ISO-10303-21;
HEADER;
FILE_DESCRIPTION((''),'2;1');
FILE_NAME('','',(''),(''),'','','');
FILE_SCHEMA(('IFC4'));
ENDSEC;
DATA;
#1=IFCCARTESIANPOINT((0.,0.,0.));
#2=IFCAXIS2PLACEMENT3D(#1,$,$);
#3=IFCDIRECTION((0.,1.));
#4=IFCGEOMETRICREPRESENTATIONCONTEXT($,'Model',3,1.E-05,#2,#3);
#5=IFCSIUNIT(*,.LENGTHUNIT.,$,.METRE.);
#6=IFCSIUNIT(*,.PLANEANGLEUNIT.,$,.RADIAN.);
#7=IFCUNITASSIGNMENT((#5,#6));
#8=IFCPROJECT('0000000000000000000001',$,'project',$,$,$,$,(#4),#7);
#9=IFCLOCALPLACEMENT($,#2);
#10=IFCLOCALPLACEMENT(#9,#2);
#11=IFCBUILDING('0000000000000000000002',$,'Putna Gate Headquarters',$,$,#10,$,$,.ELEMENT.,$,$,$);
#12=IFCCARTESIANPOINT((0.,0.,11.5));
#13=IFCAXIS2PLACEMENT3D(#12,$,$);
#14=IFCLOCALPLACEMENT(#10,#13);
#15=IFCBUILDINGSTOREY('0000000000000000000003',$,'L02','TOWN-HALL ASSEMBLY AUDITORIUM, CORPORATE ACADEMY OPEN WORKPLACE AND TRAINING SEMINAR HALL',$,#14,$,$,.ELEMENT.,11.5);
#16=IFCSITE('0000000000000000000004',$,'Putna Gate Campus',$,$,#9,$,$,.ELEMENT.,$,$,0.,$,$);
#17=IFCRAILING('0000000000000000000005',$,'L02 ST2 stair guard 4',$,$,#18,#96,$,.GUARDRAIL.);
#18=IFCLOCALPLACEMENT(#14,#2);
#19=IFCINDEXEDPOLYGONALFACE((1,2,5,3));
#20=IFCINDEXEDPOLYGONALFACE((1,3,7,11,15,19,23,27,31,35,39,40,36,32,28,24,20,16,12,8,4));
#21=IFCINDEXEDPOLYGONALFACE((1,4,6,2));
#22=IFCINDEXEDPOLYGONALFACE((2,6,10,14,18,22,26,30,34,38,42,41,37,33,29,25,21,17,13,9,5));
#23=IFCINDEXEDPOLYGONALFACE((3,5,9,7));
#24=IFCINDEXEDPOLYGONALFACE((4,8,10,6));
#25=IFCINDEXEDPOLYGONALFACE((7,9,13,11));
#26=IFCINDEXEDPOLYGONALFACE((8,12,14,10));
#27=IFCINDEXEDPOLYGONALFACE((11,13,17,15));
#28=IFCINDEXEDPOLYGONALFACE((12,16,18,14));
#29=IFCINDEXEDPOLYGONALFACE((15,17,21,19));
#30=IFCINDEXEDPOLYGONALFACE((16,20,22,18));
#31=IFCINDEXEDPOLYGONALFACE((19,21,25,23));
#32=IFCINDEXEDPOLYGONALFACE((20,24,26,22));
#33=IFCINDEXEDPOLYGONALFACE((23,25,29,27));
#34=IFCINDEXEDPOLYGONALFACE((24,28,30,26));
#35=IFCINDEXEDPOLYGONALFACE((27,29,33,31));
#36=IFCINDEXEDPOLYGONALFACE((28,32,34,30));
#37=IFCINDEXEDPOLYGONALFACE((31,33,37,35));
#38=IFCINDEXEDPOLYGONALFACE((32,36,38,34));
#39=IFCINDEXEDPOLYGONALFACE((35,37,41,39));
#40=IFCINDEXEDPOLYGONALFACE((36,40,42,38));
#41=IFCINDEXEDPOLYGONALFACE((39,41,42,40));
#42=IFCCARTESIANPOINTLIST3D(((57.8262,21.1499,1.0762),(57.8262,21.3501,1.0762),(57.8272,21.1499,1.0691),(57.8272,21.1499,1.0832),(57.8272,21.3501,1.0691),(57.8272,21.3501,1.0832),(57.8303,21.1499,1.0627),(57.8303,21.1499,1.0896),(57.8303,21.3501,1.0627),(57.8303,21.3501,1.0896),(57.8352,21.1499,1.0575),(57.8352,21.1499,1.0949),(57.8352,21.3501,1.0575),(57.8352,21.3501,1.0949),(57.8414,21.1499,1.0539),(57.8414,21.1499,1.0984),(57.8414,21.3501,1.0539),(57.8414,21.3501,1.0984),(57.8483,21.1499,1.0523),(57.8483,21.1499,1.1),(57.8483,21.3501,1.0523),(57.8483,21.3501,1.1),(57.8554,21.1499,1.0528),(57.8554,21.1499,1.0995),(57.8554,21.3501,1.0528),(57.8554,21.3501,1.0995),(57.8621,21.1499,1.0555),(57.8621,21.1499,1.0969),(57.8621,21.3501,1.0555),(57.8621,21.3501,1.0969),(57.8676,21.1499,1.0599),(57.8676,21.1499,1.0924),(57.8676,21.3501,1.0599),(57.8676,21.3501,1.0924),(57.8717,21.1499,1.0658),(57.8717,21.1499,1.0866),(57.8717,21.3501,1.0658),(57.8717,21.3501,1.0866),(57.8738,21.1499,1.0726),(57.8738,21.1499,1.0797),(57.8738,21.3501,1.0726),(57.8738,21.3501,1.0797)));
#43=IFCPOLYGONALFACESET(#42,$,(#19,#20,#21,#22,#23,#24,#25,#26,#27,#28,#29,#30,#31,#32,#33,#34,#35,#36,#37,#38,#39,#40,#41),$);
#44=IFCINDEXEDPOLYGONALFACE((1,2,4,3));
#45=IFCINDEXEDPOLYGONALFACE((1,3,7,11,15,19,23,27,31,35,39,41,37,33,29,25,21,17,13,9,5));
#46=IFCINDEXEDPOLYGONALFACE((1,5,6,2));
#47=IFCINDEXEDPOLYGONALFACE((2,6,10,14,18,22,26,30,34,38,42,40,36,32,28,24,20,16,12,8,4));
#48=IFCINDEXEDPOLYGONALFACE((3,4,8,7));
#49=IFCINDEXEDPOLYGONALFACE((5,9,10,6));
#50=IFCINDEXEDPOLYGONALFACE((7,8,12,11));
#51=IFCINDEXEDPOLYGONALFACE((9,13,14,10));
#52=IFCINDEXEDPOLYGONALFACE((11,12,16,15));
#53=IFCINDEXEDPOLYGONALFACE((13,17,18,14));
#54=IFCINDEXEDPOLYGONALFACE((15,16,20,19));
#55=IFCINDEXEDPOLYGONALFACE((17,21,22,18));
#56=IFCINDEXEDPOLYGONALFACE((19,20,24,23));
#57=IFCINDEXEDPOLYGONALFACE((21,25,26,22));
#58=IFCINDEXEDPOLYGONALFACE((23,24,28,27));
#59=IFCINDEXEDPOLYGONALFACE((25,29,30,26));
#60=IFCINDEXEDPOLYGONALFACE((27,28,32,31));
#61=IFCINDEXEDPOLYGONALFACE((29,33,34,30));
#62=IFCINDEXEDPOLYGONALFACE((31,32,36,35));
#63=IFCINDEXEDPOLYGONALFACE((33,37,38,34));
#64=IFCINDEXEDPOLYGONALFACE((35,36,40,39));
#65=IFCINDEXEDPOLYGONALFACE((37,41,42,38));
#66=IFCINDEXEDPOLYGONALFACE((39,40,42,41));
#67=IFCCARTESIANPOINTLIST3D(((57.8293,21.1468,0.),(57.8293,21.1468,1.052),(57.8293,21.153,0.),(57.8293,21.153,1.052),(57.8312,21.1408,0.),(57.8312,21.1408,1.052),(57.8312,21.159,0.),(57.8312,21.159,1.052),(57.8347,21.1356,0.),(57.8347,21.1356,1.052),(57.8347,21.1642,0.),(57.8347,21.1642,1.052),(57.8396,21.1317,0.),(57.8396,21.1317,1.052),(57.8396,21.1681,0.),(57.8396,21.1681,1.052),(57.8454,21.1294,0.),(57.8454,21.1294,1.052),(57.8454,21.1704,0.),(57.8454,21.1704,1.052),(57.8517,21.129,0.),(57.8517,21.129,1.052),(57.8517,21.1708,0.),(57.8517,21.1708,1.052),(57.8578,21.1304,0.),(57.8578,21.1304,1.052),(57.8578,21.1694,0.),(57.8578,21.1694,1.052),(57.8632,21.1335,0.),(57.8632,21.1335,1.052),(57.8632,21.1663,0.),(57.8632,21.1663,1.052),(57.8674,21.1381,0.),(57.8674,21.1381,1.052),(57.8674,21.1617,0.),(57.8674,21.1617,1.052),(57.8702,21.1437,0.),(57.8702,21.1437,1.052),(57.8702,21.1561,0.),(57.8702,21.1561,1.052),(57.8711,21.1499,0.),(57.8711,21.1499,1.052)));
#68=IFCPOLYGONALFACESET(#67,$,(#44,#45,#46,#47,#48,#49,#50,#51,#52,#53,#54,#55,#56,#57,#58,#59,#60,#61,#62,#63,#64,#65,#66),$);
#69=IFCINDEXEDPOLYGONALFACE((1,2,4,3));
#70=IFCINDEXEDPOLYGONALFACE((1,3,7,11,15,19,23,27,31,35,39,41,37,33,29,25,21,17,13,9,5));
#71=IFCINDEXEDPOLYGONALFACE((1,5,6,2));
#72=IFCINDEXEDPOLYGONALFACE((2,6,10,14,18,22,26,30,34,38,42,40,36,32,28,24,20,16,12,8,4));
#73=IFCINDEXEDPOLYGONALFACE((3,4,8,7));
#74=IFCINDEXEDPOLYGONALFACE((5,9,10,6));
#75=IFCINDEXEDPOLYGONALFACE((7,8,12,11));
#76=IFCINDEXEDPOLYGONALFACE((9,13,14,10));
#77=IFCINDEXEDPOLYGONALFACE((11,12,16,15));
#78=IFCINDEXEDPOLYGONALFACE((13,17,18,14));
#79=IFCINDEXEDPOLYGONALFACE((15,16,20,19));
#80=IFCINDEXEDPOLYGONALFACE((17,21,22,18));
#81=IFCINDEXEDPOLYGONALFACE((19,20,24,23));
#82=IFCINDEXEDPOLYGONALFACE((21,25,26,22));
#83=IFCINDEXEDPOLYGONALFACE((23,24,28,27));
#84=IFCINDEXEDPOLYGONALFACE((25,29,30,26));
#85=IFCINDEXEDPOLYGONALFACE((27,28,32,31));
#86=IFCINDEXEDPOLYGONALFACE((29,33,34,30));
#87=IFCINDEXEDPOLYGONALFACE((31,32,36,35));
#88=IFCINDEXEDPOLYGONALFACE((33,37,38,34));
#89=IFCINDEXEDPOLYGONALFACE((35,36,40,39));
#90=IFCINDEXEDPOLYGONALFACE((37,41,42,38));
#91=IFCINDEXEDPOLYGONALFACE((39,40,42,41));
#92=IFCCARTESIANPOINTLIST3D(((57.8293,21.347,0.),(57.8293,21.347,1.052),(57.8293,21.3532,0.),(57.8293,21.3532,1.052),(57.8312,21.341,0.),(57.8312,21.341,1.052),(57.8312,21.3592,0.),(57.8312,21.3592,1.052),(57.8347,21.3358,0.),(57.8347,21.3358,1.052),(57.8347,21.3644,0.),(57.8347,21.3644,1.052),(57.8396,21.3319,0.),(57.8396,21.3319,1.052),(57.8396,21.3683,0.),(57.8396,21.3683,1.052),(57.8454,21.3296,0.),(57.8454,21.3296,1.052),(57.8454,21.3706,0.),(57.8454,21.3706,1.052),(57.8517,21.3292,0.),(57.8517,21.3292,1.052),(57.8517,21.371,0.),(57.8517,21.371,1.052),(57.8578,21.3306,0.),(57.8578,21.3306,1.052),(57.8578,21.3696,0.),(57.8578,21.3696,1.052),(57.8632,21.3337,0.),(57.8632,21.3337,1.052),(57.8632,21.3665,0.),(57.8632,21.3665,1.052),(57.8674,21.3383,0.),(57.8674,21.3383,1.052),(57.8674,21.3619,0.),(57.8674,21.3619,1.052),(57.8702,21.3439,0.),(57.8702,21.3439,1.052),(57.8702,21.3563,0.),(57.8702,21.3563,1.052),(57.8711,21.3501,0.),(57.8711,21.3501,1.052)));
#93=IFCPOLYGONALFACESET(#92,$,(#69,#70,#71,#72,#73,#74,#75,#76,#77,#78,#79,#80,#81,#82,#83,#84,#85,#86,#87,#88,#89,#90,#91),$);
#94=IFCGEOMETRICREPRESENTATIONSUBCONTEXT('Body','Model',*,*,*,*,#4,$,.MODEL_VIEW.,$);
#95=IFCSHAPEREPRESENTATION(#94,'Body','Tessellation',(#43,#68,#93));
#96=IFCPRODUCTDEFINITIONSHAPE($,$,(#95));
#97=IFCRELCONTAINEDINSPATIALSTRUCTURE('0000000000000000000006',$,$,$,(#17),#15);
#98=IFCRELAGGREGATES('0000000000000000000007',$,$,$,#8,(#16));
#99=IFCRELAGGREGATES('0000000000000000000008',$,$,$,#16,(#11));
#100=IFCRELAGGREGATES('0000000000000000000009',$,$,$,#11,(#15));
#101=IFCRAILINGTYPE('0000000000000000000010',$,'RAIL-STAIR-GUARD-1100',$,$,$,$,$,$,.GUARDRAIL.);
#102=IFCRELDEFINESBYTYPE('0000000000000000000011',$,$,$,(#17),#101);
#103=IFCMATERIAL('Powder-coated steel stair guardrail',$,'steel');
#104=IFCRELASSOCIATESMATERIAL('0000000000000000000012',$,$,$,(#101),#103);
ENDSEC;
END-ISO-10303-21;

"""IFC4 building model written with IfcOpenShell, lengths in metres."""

from ifc_helpers import new_model, si_unit, direction, frame, origin, origin_2d, place, context, subcontext, project, spatial, circle, extrude, material, type_object, element, save


model = new_model("IFC4")

# Units and contexts
model_context = context("Model", 3, precision=1e-05, world=origin(), true_north=direction((0.0, 1.0)))
body_context = subcontext(model_context, "Body", "Model", "MODEL_VIEW")
ifc_project = project(units=[si_unit("LENGTHUNIT", "METRE"), si_unit("PLANEANGLEUNIT", "RADIAN")], contexts=[model_context])

# Site, building, storey
site_placement = place(None, origin())
site = spatial("IfcSite", under=ifc_project, at=site_placement, Name="Putna Gate Campus", CompositionType="ELEMENT", RefElevation=0.0)
building_placement = place(site_placement, origin())
building = spatial("IfcBuilding", under=site, at=building_placement, Name="Putna Gate Headquarters", CompositionType="ELEMENT")
storey_placement = place(building_placement, frame((0.0, 0.0, 11.5)))
storey = spatial("IfcBuildingStorey", under=building, at=storey_placement, Name="L02", Description="TOWN-HALL ASSEMBLY AUDITORIUM, CORPORATE ACADEMY OPEN WORKPLACE AND TRAINING SEMINAR HALL", CompositionType="ELEMENT", Elevation=11.5)

# Railing
ifc_material_1 = material(Name="Powder-coated steel stair guardrail", Category="steel")
railing_type = type_object("IfcRailingType", Name="RAIL-STAIR-GUARD-1100", PredefinedType="GUARDRAIL", material=ifc_material_1)
railing_1_placement = place(storey_placement, frame((57.8501, 21.1499, 0.0)))
element("IfcRailing", 1, at=railing_1_placement, inside=storey, type_object=railing_type, Name="L02 ST2 stair guard 4", PredefinedType="GUARDRAIL", context=body_context, shape_type="SweptSolid", body=[
    extrude(circle(Radius=0.0239, at=origin_2d()), frame((0.0, 0.0, 1.0762), z_axis=(0.0, 1.0, 0.0), x_axis=(-1.0, 0.0, 0.0)), (0.0, 0.0, 1.0), 0.2002),
    extrude(circle(Radius=0.021, at=origin_2d()), origin(), (0.0, 0.0, 1.0), 1.052),
    extrude(circle(Radius=0.021, at=origin_2d()), frame((0.0, 0.2002, 0.0)), (0.0, 0.0, 1.0), 1.052),
])

save(model, "model.ifc")
